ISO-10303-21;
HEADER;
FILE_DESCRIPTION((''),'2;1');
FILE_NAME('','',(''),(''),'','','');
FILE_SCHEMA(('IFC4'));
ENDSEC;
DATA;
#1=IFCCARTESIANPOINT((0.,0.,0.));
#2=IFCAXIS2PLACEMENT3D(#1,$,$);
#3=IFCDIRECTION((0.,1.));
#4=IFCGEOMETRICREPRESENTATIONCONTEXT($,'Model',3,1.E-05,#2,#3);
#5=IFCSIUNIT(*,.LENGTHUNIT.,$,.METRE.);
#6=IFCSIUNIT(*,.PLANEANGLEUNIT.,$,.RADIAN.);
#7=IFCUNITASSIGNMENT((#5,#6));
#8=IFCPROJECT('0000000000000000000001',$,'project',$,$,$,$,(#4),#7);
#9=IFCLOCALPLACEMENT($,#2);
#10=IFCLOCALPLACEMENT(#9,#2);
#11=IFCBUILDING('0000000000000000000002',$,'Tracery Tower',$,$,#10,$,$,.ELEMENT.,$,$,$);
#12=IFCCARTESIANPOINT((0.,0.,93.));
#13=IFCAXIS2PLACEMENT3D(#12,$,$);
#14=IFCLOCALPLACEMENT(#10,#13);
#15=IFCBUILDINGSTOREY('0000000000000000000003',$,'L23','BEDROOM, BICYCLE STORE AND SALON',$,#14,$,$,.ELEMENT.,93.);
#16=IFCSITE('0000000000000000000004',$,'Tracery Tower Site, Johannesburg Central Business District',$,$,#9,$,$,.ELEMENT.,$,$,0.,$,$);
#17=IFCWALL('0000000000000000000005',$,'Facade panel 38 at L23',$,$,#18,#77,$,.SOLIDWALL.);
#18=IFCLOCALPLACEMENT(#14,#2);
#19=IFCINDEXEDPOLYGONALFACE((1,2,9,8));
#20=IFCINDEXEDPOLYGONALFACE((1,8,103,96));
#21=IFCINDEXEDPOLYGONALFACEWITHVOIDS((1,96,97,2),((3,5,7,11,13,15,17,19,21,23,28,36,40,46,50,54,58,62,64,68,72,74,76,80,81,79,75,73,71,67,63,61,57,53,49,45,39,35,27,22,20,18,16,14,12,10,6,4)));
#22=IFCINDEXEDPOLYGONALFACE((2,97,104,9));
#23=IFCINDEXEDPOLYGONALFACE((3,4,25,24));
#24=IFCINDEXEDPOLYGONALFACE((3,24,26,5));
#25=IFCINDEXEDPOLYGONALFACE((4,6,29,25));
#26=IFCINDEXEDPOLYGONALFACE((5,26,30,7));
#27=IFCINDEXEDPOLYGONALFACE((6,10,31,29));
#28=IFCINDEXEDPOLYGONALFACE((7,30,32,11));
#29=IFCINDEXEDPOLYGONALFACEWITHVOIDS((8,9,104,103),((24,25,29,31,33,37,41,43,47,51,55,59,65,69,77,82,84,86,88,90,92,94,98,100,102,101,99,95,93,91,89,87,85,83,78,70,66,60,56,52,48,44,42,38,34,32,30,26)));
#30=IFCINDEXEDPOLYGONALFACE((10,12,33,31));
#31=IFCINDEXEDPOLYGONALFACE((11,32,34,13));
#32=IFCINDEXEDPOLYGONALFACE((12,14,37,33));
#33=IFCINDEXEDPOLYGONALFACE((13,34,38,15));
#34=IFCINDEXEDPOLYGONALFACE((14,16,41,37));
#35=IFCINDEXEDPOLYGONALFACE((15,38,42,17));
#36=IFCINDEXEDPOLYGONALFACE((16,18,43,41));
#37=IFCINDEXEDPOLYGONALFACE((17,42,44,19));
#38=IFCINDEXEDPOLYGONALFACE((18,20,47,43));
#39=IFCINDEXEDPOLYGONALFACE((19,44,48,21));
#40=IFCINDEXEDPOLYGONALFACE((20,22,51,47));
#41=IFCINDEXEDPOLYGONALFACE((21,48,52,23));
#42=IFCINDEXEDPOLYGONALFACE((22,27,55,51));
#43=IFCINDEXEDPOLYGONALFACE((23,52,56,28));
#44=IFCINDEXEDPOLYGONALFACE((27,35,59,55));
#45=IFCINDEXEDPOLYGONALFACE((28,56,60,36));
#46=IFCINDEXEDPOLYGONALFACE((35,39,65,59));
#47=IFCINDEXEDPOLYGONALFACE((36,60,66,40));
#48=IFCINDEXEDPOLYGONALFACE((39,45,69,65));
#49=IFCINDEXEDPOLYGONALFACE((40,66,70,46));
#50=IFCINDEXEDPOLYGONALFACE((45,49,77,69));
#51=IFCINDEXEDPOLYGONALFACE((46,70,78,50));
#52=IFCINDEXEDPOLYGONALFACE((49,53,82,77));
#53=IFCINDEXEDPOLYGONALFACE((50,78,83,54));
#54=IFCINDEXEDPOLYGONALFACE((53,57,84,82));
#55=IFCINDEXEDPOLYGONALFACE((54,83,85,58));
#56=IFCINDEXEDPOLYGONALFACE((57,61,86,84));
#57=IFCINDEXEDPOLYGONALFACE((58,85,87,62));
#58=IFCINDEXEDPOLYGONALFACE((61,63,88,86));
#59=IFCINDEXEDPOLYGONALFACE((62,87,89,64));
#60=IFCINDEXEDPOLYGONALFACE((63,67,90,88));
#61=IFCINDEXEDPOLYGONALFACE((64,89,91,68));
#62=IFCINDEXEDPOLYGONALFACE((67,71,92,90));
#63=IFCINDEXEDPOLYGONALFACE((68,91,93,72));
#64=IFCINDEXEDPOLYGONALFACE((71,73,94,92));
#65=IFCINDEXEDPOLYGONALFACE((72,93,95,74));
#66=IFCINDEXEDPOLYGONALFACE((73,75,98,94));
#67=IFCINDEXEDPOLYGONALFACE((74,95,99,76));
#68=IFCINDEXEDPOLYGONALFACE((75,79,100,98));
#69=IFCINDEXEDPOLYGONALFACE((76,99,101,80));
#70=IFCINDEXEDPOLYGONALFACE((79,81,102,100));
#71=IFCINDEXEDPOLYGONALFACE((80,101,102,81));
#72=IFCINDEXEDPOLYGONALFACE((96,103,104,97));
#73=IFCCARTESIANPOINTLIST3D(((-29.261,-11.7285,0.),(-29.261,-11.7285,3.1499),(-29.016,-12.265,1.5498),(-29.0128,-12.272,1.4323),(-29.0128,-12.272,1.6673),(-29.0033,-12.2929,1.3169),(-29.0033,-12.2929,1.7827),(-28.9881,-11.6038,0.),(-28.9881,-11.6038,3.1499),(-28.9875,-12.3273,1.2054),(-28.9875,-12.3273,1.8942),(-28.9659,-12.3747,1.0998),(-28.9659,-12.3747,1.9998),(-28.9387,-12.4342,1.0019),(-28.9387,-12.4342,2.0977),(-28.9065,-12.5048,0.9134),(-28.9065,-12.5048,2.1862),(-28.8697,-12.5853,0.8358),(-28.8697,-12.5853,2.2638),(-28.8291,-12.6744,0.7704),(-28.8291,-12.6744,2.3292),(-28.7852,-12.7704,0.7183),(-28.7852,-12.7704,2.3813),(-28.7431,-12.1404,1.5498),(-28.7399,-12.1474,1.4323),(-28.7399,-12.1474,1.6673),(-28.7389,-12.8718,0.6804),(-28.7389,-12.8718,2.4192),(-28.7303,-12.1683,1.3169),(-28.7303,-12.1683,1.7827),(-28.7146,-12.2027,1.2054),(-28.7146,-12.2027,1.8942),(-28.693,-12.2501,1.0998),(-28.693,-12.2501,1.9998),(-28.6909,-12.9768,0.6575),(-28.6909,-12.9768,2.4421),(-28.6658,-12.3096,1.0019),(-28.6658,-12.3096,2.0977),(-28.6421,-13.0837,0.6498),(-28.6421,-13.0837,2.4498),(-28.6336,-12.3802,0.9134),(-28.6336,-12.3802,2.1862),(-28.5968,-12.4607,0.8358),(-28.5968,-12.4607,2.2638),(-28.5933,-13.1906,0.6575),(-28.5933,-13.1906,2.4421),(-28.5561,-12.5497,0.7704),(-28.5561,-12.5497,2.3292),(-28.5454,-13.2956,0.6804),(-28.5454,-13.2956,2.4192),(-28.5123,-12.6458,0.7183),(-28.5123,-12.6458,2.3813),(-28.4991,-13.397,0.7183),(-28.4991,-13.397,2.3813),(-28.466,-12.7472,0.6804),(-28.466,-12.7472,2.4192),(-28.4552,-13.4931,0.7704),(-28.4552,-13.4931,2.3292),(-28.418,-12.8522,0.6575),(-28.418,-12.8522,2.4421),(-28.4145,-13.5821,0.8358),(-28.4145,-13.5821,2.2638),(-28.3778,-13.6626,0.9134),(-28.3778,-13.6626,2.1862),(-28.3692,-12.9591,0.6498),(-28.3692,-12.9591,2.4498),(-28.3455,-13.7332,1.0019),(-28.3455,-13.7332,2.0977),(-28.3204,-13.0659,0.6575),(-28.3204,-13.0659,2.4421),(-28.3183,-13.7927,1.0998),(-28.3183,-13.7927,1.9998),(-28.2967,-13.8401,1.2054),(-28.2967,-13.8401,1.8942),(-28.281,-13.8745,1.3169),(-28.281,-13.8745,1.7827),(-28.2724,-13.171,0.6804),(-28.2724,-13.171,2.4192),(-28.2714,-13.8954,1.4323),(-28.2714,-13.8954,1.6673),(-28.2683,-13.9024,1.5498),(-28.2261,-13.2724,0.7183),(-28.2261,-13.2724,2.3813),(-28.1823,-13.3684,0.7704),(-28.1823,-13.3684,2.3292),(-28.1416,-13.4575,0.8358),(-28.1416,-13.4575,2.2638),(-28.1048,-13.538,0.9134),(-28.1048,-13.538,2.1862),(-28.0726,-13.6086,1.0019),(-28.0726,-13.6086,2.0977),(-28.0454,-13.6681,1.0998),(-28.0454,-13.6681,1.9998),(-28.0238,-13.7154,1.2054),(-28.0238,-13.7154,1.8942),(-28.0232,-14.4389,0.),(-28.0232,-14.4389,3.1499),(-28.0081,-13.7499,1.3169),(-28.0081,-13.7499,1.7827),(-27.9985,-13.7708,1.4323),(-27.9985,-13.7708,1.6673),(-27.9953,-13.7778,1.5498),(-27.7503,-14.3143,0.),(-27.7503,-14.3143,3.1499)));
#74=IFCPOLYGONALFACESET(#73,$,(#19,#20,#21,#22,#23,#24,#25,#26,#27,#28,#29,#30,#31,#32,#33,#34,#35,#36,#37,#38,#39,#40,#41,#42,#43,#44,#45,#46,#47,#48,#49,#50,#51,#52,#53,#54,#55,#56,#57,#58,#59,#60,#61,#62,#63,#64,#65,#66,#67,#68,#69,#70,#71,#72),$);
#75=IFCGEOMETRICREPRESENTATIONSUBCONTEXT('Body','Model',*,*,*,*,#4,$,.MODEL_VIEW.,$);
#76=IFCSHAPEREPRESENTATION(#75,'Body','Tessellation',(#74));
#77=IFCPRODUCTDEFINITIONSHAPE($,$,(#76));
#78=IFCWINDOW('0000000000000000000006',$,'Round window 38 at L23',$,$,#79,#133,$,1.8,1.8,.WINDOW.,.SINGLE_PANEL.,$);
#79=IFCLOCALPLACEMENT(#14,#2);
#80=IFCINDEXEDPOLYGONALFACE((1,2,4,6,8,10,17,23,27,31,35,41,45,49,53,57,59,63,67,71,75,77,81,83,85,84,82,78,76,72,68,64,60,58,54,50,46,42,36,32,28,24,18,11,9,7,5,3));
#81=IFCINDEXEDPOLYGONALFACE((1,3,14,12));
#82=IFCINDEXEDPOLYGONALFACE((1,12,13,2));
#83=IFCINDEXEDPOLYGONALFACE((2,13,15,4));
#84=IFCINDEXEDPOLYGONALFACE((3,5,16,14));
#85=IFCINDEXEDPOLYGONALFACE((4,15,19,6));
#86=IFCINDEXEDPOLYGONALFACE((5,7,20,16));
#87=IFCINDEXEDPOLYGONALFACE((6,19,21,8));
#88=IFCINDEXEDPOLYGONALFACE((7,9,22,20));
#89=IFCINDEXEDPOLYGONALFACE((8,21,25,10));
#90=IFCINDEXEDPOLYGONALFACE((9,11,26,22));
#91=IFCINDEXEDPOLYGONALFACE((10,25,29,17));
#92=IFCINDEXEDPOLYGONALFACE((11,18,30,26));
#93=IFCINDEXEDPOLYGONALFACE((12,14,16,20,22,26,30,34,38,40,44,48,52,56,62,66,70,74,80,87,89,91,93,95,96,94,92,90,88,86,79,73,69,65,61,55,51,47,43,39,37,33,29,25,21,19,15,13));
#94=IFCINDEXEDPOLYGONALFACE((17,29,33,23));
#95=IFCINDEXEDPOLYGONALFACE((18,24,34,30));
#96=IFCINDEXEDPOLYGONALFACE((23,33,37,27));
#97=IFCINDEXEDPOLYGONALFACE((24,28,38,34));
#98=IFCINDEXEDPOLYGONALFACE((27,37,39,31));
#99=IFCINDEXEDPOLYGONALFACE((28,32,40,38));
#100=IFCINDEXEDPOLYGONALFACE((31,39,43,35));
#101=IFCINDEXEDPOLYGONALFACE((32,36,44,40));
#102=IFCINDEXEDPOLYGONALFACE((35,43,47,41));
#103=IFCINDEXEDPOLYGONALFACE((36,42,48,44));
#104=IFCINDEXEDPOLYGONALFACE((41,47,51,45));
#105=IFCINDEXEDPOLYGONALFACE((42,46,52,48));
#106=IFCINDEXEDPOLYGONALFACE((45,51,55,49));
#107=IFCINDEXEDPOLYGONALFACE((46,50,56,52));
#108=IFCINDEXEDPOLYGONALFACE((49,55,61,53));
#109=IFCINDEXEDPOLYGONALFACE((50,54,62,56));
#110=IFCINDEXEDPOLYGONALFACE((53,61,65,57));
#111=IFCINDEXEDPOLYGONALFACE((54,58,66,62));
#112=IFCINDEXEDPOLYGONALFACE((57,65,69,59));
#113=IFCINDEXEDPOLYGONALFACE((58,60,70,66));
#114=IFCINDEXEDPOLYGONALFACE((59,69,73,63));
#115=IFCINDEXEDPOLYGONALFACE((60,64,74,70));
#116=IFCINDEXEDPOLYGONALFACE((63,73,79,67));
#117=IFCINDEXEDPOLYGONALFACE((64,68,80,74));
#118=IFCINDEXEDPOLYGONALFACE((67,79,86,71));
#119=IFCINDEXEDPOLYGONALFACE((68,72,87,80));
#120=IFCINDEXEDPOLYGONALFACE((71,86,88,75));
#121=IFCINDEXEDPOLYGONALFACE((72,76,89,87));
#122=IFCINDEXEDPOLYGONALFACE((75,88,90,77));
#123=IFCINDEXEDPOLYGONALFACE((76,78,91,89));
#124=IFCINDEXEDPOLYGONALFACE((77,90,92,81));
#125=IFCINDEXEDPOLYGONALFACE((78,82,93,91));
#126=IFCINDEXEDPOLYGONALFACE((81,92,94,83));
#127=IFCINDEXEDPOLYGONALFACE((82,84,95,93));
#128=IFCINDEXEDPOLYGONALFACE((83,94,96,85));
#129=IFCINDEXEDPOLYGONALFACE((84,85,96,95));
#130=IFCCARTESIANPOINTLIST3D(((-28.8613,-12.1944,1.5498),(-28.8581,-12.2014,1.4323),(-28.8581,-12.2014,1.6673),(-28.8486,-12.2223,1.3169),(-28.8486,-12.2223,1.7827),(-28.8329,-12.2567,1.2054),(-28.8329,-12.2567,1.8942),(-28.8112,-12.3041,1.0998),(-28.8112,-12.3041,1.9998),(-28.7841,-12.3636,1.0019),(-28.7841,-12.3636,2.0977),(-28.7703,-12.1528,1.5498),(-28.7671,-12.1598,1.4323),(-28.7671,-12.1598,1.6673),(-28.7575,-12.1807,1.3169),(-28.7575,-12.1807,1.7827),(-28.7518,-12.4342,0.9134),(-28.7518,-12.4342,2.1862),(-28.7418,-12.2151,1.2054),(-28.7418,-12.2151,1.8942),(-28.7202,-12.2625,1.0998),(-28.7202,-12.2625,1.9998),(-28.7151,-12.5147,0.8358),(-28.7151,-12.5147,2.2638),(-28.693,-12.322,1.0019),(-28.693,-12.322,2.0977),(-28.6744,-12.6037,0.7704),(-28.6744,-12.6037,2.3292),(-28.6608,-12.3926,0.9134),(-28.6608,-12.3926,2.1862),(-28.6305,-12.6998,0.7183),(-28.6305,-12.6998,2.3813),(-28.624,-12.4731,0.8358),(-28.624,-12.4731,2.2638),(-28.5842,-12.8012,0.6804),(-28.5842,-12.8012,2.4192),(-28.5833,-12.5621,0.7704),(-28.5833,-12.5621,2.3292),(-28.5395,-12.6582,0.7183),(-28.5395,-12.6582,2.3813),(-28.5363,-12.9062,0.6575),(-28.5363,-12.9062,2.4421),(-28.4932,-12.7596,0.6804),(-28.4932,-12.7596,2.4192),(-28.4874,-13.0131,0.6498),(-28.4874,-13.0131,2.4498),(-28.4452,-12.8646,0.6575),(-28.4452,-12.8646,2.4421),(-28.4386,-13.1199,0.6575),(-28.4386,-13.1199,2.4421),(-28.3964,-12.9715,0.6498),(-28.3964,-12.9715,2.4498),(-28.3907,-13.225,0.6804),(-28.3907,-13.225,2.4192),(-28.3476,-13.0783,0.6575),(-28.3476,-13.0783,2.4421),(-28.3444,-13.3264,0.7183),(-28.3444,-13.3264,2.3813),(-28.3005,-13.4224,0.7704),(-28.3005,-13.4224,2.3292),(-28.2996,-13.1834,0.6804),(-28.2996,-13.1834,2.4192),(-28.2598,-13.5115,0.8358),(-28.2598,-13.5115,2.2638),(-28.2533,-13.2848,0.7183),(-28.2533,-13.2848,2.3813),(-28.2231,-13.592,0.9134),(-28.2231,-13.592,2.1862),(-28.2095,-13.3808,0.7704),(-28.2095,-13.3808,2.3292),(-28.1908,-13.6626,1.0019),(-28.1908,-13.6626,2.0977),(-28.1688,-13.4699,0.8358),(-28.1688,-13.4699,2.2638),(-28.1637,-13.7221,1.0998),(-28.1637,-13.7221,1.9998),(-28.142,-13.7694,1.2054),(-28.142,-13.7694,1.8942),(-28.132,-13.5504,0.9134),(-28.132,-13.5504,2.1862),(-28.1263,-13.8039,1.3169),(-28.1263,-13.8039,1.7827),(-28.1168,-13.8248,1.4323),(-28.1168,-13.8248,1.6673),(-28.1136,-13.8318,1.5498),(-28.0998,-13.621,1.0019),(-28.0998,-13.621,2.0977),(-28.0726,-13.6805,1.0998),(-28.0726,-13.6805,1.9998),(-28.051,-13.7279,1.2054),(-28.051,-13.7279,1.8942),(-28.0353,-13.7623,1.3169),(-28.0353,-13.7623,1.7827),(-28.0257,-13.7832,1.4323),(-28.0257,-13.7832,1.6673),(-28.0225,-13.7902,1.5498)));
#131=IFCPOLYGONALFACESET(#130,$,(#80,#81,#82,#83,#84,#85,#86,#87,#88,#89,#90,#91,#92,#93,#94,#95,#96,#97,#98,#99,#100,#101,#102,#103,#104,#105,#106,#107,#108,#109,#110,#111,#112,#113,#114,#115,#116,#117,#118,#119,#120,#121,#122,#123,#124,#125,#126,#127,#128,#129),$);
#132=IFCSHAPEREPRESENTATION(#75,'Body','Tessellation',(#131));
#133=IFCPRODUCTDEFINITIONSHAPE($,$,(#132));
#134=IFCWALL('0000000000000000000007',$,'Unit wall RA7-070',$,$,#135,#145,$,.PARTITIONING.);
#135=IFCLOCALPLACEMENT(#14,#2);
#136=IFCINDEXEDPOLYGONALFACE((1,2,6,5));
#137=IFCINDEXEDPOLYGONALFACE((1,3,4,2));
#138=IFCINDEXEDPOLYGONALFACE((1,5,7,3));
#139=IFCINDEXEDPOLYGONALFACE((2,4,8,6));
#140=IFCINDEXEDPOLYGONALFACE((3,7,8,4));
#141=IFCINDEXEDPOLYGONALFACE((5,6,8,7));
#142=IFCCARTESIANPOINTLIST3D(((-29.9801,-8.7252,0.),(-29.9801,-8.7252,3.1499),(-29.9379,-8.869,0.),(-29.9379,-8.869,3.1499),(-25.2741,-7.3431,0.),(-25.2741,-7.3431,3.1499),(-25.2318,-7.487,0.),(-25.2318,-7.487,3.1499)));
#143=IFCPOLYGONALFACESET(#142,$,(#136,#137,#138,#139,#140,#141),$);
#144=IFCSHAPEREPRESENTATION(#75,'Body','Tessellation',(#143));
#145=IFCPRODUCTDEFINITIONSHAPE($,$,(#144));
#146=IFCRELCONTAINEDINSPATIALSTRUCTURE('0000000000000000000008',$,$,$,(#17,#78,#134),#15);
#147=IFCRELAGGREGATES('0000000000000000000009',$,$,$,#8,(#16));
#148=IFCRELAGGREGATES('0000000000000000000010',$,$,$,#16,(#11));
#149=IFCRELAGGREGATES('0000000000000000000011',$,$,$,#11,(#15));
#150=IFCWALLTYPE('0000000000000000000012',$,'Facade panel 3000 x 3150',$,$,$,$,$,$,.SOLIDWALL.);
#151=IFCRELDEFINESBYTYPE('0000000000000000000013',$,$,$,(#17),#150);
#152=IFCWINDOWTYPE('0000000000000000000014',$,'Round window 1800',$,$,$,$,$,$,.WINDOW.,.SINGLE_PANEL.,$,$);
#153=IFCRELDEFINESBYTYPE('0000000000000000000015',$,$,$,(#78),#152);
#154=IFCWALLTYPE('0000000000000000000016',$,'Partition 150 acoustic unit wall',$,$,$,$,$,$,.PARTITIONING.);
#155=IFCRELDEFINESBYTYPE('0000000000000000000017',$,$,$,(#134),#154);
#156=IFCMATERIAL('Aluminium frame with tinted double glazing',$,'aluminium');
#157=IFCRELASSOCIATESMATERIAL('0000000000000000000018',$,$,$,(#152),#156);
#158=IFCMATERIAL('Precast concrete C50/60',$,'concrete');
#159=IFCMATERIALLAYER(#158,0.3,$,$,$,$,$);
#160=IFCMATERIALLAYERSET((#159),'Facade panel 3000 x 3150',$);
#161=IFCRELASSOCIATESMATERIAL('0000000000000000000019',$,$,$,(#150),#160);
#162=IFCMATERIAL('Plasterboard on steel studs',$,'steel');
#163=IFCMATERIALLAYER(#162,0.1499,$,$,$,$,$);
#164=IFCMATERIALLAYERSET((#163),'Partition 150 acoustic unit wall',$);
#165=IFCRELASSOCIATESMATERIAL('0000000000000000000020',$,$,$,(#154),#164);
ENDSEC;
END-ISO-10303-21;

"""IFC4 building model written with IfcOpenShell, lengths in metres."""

from ifc_helpers import new_model, si_unit, direction, frame, frame_2d, origin, origin_2d, place, context, subcontext, project, spatial, rectangle, circle, extrude, material, layer, layer_set, type_object, element, fill, save


model = new_model("IFC4")

# Units and contexts
model_context = context("Model", 3, precision=1e-05, world=origin(), true_north=direction((0.0, 1.0)))
body_context = subcontext(model_context, "Body", "Model", "MODEL_VIEW")
ifc_project = project(units=[si_unit("LENGTHUNIT", "METRE"), si_unit("PLANEANGLEUNIT", "RADIAN")], contexts=[model_context])

# Site, building, storey
site_placement = place(None, origin())
site = spatial("IfcSite", under=ifc_project, at=site_placement, Name="Tracery Tower Site, Johannesburg Central Business District", CompositionType="ELEMENT", RefElevation=0.0)
building_placement = place(site_placement, origin())
building = spatial("IfcBuilding", under=site, at=building_placement, Name="Tracery Tower", CompositionType="ELEMENT")
storey_placement = place(building_placement, frame((0.0, 0.0, 93.0)))
storey = spatial("IfcBuildingStorey", under=building, at=storey_placement, Name="L23", Description="BEDROOM, BICYCLE STORE AND SALON", CompositionType="ELEMENT", Elevation=93.0)

# Wall, opening, window
ifc_material_1 = material(Name="Aluminium frame with tinted double glazing", Category="aluminium")
window_type = type_object("IfcWindowType", Name="Round window 1800", PartitioningType="SINGLE_PANEL", PredefinedType="WINDOW", material=ifc_material_1)
ifc_material_2 = material(Name="Precast concrete C50/60", Category="concrete")
ifc_layer_1 = layer(ifc_material_2, 0.3)
ifc_layer_set_1 = layer_set([ifc_layer_1], Name="Facade panel 3000 x 3150")
wall_type_1 = type_object("IfcWallType", Name="Facade panel 3000 x 3150", PredefinedType="SOLIDWALL", material=ifc_layer_set_1)
wall_1_placement = place(storey_placement, frame((-29.1245, -11.6663, 0.0), z_axis=(0.0, 0.0, 1.0), x_axis=(0.415407, -0.909636, 0.0)))
wall_1 = element("IfcWall", 1, at=wall_1_placement, inside=storey, type_object=wall_type_1, Name="Facade panel 38 at L23", PredefinedType="SOLIDWALL", context=body_context, shape_type="SweptSolid", body=[
    extrude(rectangle(XDim=2.9797, YDim=0.3, at=frame_2d((1.4897, 0.0))), origin(), (0.0, 0.0, 1.0), 3.1499),
])
opening_1_placement = place(wall_1_placement, frame((1.4897, 0.0, 1.5498)))
opening_1 = element("IfcOpeningElement", 2, at=opening_1_placement, cuts=wall_1, PredefinedType="OPENING", context=body_context, shape_type="SweptSolid", body=[
    extrude(circle(Radius=0.9, at=origin_2d()), frame((0.0, 0.1599, 0.0), z_axis=(0.0, -1.0, 0.0), x_axis=(1.0, 0.0, 0.0)), (0.0, 0.0, 1.0), 0.3201),
])
window_1_placement = place(opening_1_placement, origin())
window_1 = element("IfcWindow", 3, at=window_1_placement, inside=storey, type_object=window_type, Name="Round window 38 at L23", OverallHeight=1.8, OverallWidth=1.8, PartitioningType="SINGLE_PANEL", PredefinedType="WINDOW", context=body_context, shape_type="SweptSolid", body=[
    extrude(circle(Radius=0.9, at=origin_2d()), frame((0.0, 0.1201, 0.0), z_axis=(0.0, -1.0, 0.0), x_axis=(1.0, 0.0, 0.0)), (0.0, 0.0, 1.0), 0.1001),
])
fill(opening_1, window_1)

# Wall
ifc_material_3 = material(Name="Plasterboard on steel studs", Category="steel")
ifc_layer_2 = layer(ifc_material_3, 0.1499)
ifc_layer_set_2 = layer_set([ifc_layer_2], Name="Partition 150 acoustic unit wall")
wall_type_2 = type_object("IfcWallType", Name="Partition 150 acoustic unit wall", PredefinedType="PARTITIONING", material=ifc_layer_set_2)
wall_2_placement = place(storey_placement, frame((-29.959, -8.7971, 0.0), z_axis=(0.0, 0.0, 1.0), x_axis=(0.959479, 0.281781, 0.0)))
element("IfcWall", 4, at=wall_2_placement, inside=storey, type_object=wall_type_2, Name="Unit wall RA7-070", PredefinedType="PARTITIONING", context=body_context, shape_type="SweptSolid", body=[
    extrude(rectangle(XDim=4.9048, YDim=0.1499, at=frame_2d((2.4524, 0.0))), origin(), (0.0, 0.0, 1.0), 3.1499),
])

save(model, "model.ifc")
